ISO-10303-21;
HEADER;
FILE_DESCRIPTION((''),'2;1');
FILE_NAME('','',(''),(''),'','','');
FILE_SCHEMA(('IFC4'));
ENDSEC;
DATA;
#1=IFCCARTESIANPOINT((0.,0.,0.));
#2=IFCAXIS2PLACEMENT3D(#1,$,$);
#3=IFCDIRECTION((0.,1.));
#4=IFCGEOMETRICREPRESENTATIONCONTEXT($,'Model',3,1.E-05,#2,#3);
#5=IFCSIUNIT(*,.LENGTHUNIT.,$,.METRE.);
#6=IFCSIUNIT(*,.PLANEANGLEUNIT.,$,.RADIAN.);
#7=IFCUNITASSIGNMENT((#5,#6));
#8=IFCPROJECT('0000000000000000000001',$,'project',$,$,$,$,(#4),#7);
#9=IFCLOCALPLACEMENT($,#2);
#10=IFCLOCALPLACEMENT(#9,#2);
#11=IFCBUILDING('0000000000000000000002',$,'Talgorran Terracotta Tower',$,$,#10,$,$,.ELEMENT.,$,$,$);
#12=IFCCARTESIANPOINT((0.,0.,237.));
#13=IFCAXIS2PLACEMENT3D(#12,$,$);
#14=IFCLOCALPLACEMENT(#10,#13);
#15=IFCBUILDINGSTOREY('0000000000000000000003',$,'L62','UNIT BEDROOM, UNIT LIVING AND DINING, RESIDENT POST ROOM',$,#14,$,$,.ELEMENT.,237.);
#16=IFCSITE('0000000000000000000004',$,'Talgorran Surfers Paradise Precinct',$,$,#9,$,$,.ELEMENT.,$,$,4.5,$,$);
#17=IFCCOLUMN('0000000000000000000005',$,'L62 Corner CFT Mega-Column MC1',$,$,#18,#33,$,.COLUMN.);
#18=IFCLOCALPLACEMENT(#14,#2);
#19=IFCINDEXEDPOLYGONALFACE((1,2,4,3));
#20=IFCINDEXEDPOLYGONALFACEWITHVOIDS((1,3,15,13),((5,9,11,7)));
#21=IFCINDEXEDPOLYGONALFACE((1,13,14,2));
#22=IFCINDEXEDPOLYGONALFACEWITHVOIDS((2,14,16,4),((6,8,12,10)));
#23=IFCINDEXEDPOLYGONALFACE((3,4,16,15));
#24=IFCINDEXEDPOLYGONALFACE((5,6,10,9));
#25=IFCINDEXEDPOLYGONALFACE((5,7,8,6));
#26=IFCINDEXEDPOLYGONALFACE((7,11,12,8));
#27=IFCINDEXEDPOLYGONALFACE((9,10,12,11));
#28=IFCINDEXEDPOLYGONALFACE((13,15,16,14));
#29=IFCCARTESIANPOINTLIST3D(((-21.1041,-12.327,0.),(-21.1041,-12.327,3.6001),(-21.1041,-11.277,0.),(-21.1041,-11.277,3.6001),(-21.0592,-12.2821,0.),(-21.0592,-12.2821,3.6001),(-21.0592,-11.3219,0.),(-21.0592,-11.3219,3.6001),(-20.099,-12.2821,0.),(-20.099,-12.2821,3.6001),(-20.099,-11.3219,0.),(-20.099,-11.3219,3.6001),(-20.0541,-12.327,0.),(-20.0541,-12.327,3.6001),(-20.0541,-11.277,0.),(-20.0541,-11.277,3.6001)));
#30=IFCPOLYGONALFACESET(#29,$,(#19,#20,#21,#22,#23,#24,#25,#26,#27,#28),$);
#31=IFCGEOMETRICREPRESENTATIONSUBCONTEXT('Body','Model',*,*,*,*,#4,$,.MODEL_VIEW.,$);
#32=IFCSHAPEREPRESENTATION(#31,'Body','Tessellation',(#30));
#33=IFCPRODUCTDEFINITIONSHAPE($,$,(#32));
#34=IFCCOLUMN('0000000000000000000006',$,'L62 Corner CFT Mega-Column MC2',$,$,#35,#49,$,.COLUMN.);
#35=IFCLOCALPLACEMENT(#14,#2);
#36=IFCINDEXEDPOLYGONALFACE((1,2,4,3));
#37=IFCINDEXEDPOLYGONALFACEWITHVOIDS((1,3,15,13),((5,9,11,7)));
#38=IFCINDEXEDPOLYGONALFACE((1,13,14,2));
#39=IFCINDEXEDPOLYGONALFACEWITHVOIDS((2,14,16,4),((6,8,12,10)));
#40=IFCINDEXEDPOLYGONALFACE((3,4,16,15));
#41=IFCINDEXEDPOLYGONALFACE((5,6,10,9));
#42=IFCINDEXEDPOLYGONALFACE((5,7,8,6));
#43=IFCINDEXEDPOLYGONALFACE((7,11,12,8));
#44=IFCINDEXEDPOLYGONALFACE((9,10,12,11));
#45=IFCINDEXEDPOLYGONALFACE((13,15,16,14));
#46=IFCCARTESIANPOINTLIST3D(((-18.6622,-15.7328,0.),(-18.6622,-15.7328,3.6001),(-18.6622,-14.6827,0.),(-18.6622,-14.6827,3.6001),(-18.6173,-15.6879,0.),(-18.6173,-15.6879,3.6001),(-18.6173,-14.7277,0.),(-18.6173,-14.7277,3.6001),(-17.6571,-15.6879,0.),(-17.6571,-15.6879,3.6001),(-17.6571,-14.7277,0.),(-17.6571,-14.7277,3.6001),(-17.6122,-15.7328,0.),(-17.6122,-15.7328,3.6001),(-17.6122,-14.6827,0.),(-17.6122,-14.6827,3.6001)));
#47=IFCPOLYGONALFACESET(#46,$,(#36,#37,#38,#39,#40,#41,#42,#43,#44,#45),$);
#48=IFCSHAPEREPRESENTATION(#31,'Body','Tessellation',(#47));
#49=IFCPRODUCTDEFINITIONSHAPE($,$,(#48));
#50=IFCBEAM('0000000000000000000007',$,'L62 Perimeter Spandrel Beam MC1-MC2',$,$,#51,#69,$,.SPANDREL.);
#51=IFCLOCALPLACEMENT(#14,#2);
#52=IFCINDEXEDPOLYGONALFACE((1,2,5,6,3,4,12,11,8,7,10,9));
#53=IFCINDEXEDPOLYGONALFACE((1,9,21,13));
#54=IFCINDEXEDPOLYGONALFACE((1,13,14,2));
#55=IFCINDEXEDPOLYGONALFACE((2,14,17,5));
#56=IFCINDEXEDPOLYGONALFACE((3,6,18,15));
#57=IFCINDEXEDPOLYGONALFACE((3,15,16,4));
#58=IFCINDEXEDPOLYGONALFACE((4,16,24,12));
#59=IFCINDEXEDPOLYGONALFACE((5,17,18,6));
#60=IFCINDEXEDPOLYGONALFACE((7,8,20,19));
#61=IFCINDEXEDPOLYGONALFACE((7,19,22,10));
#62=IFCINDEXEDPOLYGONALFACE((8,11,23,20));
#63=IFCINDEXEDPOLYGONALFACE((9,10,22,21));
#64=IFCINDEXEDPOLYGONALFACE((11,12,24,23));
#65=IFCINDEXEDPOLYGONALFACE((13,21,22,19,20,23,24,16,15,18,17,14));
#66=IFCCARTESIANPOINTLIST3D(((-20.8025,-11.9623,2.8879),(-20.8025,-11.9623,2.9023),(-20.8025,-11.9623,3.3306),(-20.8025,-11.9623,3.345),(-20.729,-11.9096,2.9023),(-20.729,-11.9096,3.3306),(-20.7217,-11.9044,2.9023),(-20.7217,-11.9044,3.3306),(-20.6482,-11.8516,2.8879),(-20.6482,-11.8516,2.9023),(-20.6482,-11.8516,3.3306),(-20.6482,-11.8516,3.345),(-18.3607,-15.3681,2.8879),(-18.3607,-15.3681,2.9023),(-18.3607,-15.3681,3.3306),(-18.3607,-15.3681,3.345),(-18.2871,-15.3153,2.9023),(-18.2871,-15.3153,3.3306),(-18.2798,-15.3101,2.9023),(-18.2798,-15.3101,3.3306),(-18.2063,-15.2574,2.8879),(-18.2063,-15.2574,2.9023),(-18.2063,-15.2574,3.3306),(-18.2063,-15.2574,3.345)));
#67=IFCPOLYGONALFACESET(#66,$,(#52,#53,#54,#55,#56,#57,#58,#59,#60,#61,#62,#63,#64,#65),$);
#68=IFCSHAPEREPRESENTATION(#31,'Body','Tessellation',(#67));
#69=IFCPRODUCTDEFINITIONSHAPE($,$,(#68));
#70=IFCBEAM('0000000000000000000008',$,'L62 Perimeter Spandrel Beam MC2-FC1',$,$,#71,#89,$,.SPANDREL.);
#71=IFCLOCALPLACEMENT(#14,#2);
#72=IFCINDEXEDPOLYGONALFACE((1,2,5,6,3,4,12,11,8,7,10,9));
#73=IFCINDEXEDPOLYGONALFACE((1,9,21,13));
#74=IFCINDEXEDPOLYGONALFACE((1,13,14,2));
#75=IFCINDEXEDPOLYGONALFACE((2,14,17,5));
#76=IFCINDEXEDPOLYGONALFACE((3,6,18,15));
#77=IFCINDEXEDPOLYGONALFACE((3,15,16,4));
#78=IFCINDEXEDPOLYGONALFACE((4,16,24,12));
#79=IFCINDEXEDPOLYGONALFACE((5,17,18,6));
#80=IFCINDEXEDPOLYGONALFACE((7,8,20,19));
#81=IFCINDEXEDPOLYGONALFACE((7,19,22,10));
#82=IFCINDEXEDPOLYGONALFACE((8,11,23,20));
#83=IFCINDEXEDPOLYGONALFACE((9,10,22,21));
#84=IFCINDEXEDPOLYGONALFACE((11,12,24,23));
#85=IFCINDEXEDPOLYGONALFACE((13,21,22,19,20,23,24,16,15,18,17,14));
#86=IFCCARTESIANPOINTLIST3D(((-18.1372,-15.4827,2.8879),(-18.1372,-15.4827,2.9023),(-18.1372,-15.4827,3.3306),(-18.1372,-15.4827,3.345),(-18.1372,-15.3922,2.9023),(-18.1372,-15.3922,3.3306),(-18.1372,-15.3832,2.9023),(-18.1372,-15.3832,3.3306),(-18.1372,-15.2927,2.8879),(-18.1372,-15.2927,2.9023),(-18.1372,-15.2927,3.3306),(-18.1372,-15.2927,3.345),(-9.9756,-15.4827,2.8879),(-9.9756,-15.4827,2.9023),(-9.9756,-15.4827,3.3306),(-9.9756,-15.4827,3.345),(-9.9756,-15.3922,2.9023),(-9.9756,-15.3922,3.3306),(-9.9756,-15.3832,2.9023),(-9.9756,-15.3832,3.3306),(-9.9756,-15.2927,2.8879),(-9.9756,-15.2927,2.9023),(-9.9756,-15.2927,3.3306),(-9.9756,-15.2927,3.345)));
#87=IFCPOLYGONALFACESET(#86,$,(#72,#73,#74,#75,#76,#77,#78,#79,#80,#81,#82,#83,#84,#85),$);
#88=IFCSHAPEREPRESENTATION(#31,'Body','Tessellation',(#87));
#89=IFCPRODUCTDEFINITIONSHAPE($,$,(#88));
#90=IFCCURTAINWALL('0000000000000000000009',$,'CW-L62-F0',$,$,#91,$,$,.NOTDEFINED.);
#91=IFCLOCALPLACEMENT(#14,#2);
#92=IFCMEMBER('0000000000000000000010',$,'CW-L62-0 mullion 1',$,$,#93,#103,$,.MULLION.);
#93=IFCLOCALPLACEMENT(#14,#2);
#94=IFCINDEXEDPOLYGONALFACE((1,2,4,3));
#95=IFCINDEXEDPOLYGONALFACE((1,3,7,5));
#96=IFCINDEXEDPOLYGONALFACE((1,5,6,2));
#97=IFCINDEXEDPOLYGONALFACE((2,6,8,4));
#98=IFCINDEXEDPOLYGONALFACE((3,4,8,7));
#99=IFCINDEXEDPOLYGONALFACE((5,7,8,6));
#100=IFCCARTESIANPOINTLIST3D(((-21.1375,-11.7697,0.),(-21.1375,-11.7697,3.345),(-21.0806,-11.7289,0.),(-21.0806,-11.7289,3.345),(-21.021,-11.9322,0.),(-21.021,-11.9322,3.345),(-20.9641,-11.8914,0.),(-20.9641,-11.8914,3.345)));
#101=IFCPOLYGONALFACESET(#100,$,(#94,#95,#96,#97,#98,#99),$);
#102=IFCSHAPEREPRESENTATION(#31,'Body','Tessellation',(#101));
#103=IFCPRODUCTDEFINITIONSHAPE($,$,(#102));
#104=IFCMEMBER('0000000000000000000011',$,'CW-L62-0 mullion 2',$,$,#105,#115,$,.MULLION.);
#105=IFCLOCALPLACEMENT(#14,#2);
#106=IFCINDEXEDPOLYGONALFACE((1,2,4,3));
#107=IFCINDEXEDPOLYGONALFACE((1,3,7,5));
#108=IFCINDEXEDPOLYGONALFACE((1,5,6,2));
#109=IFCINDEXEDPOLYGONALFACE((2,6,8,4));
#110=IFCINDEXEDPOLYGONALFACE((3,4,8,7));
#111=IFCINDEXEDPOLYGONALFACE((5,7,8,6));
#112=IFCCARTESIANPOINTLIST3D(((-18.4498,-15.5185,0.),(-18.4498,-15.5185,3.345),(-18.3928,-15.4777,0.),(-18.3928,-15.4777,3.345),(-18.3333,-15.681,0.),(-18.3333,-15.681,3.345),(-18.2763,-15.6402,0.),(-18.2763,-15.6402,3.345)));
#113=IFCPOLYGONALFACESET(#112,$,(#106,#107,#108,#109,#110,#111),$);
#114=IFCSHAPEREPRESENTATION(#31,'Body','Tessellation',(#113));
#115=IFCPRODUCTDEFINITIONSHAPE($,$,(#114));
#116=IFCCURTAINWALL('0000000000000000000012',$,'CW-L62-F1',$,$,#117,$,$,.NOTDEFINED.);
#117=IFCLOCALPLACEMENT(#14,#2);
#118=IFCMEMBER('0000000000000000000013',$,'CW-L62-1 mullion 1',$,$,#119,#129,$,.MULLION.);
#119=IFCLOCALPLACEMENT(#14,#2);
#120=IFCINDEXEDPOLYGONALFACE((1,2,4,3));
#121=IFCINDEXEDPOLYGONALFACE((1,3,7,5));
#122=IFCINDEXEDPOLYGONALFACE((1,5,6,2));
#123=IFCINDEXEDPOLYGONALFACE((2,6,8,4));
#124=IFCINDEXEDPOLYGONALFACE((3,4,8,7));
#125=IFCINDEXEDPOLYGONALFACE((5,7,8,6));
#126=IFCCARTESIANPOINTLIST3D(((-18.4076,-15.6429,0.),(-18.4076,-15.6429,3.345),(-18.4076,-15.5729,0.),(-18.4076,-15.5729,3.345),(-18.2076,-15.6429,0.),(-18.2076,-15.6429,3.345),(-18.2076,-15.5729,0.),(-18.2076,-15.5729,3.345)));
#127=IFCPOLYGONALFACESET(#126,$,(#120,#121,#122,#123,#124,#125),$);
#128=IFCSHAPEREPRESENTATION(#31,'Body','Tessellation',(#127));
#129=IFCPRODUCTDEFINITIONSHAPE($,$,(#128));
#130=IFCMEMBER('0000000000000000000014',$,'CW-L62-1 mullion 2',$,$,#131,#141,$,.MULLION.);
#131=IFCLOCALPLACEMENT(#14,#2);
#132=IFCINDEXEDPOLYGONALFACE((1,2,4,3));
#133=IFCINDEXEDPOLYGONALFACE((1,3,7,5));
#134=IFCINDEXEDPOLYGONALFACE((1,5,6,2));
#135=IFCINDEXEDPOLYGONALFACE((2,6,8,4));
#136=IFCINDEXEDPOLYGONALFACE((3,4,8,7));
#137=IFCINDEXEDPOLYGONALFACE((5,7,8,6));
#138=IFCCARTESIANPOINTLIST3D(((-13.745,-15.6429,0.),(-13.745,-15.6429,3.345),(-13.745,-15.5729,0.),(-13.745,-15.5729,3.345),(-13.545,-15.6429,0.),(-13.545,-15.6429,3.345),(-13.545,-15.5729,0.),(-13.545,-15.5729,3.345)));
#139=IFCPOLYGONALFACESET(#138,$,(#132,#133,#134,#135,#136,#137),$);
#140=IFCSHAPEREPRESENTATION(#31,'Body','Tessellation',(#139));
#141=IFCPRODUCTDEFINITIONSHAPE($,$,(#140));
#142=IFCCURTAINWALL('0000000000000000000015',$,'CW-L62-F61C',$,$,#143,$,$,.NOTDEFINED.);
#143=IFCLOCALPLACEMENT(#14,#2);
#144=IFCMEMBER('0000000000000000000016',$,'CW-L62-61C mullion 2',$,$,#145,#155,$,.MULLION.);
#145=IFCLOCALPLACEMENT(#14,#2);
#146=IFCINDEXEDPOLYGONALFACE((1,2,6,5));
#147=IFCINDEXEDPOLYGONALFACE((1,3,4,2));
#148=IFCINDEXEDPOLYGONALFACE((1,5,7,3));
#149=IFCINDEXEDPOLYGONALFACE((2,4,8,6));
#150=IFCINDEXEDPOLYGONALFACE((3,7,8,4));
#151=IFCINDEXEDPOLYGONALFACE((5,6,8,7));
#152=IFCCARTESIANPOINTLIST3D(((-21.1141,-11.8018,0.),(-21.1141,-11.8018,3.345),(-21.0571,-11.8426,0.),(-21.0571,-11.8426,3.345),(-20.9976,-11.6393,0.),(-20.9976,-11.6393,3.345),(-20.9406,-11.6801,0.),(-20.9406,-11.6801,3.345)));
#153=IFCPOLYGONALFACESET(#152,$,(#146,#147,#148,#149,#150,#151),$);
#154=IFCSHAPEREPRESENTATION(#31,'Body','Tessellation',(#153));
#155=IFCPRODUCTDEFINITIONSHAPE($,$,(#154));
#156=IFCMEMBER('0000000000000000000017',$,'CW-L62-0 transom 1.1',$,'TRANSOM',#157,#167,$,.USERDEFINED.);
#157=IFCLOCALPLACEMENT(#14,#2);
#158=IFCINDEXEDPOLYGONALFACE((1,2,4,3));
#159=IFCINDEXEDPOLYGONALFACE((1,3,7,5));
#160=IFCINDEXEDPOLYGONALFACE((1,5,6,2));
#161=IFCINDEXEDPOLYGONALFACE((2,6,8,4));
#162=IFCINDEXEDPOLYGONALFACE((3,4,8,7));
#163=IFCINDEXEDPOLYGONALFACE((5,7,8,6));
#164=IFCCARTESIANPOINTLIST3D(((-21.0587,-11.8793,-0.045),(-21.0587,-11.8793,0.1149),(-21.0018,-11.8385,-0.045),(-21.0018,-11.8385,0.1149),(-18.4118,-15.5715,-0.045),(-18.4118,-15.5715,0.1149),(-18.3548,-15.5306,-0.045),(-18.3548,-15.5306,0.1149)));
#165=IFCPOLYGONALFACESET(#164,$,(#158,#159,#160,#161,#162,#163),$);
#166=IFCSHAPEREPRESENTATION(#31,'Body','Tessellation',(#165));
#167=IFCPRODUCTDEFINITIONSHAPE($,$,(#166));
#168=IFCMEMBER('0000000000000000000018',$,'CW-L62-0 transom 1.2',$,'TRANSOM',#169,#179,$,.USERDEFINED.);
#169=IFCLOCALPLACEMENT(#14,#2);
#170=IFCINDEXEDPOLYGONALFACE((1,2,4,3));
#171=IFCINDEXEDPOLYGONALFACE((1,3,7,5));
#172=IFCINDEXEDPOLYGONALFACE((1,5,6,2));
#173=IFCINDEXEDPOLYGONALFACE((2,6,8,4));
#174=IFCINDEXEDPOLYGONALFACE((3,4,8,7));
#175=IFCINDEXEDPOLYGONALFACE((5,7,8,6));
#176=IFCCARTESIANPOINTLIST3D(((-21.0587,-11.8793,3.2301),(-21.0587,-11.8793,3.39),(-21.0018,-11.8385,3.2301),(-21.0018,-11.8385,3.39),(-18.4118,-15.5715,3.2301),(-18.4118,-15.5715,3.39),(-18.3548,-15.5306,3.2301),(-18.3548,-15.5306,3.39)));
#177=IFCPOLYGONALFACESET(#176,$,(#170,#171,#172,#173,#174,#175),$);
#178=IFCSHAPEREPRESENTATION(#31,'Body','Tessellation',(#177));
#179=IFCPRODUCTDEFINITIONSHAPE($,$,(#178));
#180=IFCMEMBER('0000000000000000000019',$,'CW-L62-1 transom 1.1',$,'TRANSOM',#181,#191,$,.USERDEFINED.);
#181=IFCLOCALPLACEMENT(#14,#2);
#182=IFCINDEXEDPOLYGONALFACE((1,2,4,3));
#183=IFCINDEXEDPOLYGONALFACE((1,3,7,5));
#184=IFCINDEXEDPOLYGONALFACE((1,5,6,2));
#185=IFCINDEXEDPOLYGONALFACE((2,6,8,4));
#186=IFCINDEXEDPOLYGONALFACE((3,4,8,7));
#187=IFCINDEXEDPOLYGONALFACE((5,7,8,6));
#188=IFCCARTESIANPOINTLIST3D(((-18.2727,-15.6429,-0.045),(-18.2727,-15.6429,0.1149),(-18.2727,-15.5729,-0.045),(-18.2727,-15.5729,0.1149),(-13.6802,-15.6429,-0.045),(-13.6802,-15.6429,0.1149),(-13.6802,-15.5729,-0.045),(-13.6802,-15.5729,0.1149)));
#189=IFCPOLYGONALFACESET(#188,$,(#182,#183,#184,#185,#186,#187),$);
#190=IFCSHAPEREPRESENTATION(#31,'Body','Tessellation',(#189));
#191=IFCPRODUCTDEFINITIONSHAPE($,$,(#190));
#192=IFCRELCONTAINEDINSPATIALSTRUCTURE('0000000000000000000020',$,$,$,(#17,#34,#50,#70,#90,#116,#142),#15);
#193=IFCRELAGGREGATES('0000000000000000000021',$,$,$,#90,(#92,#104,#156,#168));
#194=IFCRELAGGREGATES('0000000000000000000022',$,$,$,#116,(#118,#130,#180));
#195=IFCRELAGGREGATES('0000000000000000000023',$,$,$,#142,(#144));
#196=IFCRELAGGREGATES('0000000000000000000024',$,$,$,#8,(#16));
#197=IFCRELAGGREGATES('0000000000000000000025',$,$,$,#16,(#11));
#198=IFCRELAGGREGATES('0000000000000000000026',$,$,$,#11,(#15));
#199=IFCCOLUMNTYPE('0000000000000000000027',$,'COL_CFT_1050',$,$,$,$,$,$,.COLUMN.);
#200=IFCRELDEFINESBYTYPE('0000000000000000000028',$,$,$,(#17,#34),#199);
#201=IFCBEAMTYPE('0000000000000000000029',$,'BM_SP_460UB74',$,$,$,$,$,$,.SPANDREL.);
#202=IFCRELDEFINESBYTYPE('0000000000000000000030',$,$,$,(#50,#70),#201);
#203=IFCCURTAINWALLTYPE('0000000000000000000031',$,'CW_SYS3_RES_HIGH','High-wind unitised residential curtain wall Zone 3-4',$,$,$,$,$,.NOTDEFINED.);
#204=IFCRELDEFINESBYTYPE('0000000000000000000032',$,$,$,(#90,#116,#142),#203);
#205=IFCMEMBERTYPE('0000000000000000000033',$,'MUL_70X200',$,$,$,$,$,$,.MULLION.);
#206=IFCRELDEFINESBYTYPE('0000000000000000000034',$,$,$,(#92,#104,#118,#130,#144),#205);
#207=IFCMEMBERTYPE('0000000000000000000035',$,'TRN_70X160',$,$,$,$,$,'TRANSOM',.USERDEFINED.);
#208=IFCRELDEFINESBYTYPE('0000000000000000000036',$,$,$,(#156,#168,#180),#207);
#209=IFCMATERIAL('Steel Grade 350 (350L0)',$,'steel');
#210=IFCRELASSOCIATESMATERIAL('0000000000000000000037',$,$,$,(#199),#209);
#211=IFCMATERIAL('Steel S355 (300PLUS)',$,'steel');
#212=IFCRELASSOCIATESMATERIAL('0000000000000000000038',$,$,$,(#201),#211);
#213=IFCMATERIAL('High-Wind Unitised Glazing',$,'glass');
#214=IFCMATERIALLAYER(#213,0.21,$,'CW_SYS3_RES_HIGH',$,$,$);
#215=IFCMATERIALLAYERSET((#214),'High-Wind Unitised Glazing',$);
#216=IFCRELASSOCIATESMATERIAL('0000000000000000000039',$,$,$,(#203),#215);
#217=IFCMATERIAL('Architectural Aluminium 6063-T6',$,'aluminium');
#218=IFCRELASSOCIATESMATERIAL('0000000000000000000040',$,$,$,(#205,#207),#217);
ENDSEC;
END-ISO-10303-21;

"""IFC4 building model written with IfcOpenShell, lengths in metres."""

from ifc_helpers import new_model, si_unit, direction, frame, origin, origin_2d, place, context, subcontext, project, spatial, rectangle, hollow_rectangle, i_section, extrude, material, layer, layer_set, material_profile, profile_set, type_object, element, aggregate, save


model = new_model("IFC4")

# Units and contexts
model_context = context("Model", 3, precision=1e-05, world=origin(), true_north=direction((0.0, 1.0)))
body_context = subcontext(model_context, "Body", "Model", "MODEL_VIEW")
ifc_project = project(units=[si_unit("LENGTHUNIT", "METRE"), si_unit("PLANEANGLEUNIT", "RADIAN")], contexts=[model_context])

# Site, building, storey
site_placement = place(None, origin())
site = spatial("IfcSite", under=ifc_project, at=site_placement, Name="Talgorran Surfers Paradise Precinct", CompositionType="ELEMENT", RefElevation=4.5)
building_placement = place(site_placement, origin())
building = spatial("IfcBuilding", under=site, at=building_placement, Name="Talgorran Terracotta Tower", CompositionType="ELEMENT")
storey_placement = place(building_placement, frame((0.0, 0.0, 237.0)))
storey = spatial("IfcBuildingStorey", under=building, at=storey_placement, Name="L62", Description="UNIT BEDROOM, UNIT LIVING AND DINING, RESIDENT POST ROOM", CompositionType="ELEMENT", Elevation=237.0)

# Columns
ifc_material_1 = material(Name="Steel Grade 350 (350L0)", Category="steel")
ifc_material_profile_1 = material_profile(ifc_material_1, hollow_rectangle(XDim=1.05, YDim=1.05, WallThickness=0.0449, at=origin_2d()), Name="CFT1050X1050X45")
ifc_profile_set_1 = profile_set([ifc_material_profile_1], Name="Steel Grade 350 (350L0)")
column_type = type_object("IfcColumnType", Name="COL_CFT_1050", PredefinedType="COLUMN", material=ifc_profile_set_1)
for number, where, z_axis, x_axis, name in (
    (1, (-20.5791, -11.802, 0.0), (0.0, 0.0, 1.0), (1.0, 0.0, 0.0), "L62 Corner CFT Mega-Column MC1"),
    (2, (-18.1372, -15.2078, 0.0), (0.0, 0.0, 1.0), (1.0, 0.0, 0.0), "L62 Corner CFT Mega-Column MC2"),
):
    element("IfcColumn", number, at=place(storey_placement, frame(where, z_axis=z_axis, x_axis=x_axis)), inside=storey, type_object=column_type, Name=name, PredefinedType="COLUMN", context=body_context, shape_type="SweptSolid", body=[
        extrude(hollow_rectangle(XDim=1.05, YDim=1.05, WallThickness=0.0449, at=origin_2d()), origin(), (0.0, 0.0, 1.0), 3.6001),
    ])

# Beams
ifc_material_2 = material(Name="Steel S355 (300PLUS)", Category="steel")
ifc_material_profile_2 = material_profile(ifc_material_2, i_section(OverallWidth=0.1899, OverallDepth=0.457, WebThickness=0.009, FlangeThickness=0.0144, at=origin_2d()), Name="460UB74.6")
ifc_profile_set_2 = profile_set([ifc_material_profile_2], Name="Steel S355 (300PLUS)")
beam_type = type_object("IfcBeamType", Name="BM_SP_460UB74", PredefinedType="SPANDREL", material=ifc_profile_set_2)
beam_1_placement = place(storey_placement, frame((-20.7253, -11.907, 3.1165), z_axis=(0.582692, -0.812693, 0.0), x_axis=(0.812693, 0.582692, 0.0)))
element("IfcBeam", 3, at=beam_1_placement, inside=storey, type_object=beam_type, Name="L62 Perimeter Spandrel Beam MC1-MC2", PredefinedType="SPANDREL", context=body_context, shape_type="SweptSolid", body=[
    extrude(i_section(OverallWidth=0.1899, OverallDepth=0.457, WebThickness=0.009, FlangeThickness=0.0144, at=origin_2d()), origin(), (0.0, 0.0, 1.0), 4.1907),
])
beam_2_placement = place(storey_placement, frame((-18.1372, -15.3877, 3.1165), z_axis=(1.0, 0.0, 0.0), x_axis=(0.0, 1.0, 0.0)))
element("IfcBeam", 4, at=beam_2_placement, inside=storey, type_object=beam_type, Name="L62 Perimeter Spandrel Beam MC2-FC1", PredefinedType="SPANDREL", context=body_context, shape_type="SweptSolid", body=[
    extrude(i_section(OverallWidth=0.1899, OverallDepth=0.457, WebThickness=0.009, FlangeThickness=0.0144, at=origin_2d()), origin(), (0.0, 0.0, 1.0), 8.1616),
])

# Curtain walls, members
ifc_material_3 = material(Name="High-Wind Unitised Glazing", Category="glass")
ifc_layer_1 = layer(ifc_material_3, 0.21, Name="CW_SYS3_RES_HIGH")
ifc_layer_set_1 = layer_set([ifc_layer_1], Name="High-Wind Unitised Glazing")
curtain_wall_type = type_object("IfcCurtainWallType", Name="CW_SYS3_RES_HIGH", Description="High-wind unitised residential curtain wall Zone 3-4", PredefinedType="NOTDEFINED", material=ifc_layer_set_1)
curtain_wall_1_placement = place(storey_placement, origin())
curtain_wall_1 = element("IfcCurtainWall", 5, at=curtain_wall_1_placement, inside=storey, type_object=curtain_wall_type, Name="CW-L62-F0", PredefinedType="NOTDEFINED")
ifc_material_4 = material(Name="Architectural Aluminium 6063-T6", Category="aluminium")
ifc_material_profile_3 = material_profile(ifc_material_4, rectangle(XDim=0.0701, YDim=0.2, at=origin_2d()), Name="CWM70X200")
ifc_profile_set_3 = profile_set([ifc_material_profile_3], Name="Architectural Aluminium 6063-T6")
member_type_1 = type_object("IfcMemberType", Name="MUL_70X200", PredefinedType="MULLION", material=ifc_profile_set_3)
member_1_placement = place(storey_placement, frame((-21.0508, -11.8306, 0.0), z_axis=(0.0, 0.0, 1.0), x_axis=(0.812715, 0.582661, 0.0)))
member_1 = element("IfcMember", 6, at=member_1_placement, type_object=member_type_1, Name="CW-L62-0 mullion 1", PredefinedType="MULLION", context=body_context, shape_type="SweptSolid", body=[
    extrude(rectangle(XDim=0.0701, YDim=0.2, at=origin_2d()), origin(), (0.0, 0.0, 1.0), 3.345),
])
member_2_placement = place(storey_placement, frame((-18.363, -15.5793, 0.0), z_axis=(0.0, 0.0, 1.0), x_axis=(0.812715, 0.582661, 0.0)))
member_2 = element("IfcMember", 7, at=member_2_placement, type_object=member_type_1, Name="CW-L62-0 mullion 2", PredefinedType="MULLION", context=body_context, shape_type="SweptSolid", body=[
    extrude(rectangle(XDim=0.0701, YDim=0.2, at=origin_2d()), origin(), (0.0, 0.0, 1.0), 3.345),
])
curtain_wall_2_placement = place(storey_placement, origin())
curtain_wall_2 = element("IfcCurtainWall", 8, at=curtain_wall_2_placement, inside=storey, type_object=curtain_wall_type, Name="CW-L62-F1", PredefinedType="NOTDEFINED")
member_3_placement = place(storey_placement, frame((-18.3076, -15.6079, 0.0), z_axis=(0.0, 0.0, 1.0), x_axis=(0.0, 1.0, 0.0)))
member_3 = element("IfcMember", 9, at=member_3_placement, type_object=member_type_1, Name="CW-L62-1 mullion 1", PredefinedType="MULLION", context=body_context, shape_type="SweptSolid", body=[
    extrude(rectangle(XDim=0.0701, YDim=0.2, at=origin_2d()), origin(), (0.0, 0.0, 1.0), 3.345),
])
member_4_placement = place(storey_placement, frame((-13.645, -15.6079, 0.0), z_axis=(0.0, 0.0, 1.0), x_axis=(0.0, 1.0, 0.0)))
member_4 = element("IfcMember", 10, at=member_4_placement, type_object=member_type_1, Name="CW-L62-1 mullion 2", PredefinedType="MULLION", context=body_context, shape_type="SweptSolid", body=[
    extrude(rectangle(XDim=0.0701, YDim=0.2, at=origin_2d()), origin(), (0.0, 0.0, 1.0), 3.345),
])

# Curtain wall, member
curtain_wall_3_placement = place(storey_placement, origin())
curtain_wall_3 = element("IfcCurtainWall", 11, at=curtain_wall_3_placement, inside=storey, type_object=curtain_wall_type, Name="CW-L62-F61C", PredefinedType="NOTDEFINED")
member_5_placement = place(storey_placement, frame((-21.0273, -11.741, 0.0), z_axis=(0.0, 0.0, 1.0), x_axis=(0.812706, -0.582674, 0.0)))
member_5 = element("IfcMember", 12, at=member_5_placement, type_object=member_type_1, Name="CW-L62-61C mullion 2", PredefinedType="MULLION", context=body_context, shape_type="SweptSolid", body=[
    extrude(rectangle(XDim=0.0701, YDim=0.2, at=origin_2d()), origin(), (0.0, 0.0, 1.0), 3.345),
])

# Members
ifc_material_profile_4 = material_profile(ifc_material_4, rectangle(XDim=0.0701, YDim=0.1599, at=origin_2d()), Name="CWT70X160")
ifc_profile_set_4 = profile_set([ifc_material_profile_4], Name="Architectural Aluminium 6063-T6")
member_type_2 = type_object("IfcMemberType", Name="TRN_70X160", ElementType="TRANSOM", PredefinedType="USERDEFINED", material=ifc_profile_set_4)
member_6_placement = place(storey_placement, frame((-21.0303, -11.8589, 0.0349), z_axis=(0.582656, -0.812719, 0.0), x_axis=(0.812719, 0.582656, 0.0)))
member_6 = element("IfcMember", 13, at=member_6_placement, type_object=member_type_2, Name="CW-L62-0 transom 1.1", ObjectType="TRANSOM", PredefinedType="USERDEFINED", context=body_context, shape_type="SweptSolid", body=[
    extrude(rectangle(XDim=0.0701, YDim=0.1599, at=origin_2d()), origin(), (0.0, 0.0, 1.0), 4.543),
])
member_7_placement = place(storey_placement, frame((-21.0303, -11.8589, 3.3101), z_axis=(0.582656, -0.812719, 0.0), x_axis=(0.812719, 0.582656, 0.0)))
member_7 = element("IfcMember", 14, at=member_7_placement, type_object=member_type_2, Name="CW-L62-0 transom 1.2", ObjectType="TRANSOM", PredefinedType="USERDEFINED", context=body_context, shape_type="SweptSolid", body=[
    extrude(rectangle(XDim=0.0701, YDim=0.1599, at=origin_2d()), origin(), (0.0, 0.0, 1.0), 4.543),
])
member_8_placement = place(storey_placement, frame((-18.2727, -15.6079, 0.0349), z_axis=(1.0, 0.0, 0.0), x_axis=(0.0, 1.0, 0.0)))
member_8 = element("IfcMember", 15, at=member_8_placement, type_object=member_type_2, Name="CW-L62-1 transom 1.1", ObjectType="TRANSOM", PredefinedType="USERDEFINED", context=body_context, shape_type="SweptSolid", body=[
    extrude(rectangle(XDim=0.0701, YDim=0.1599, at=origin_2d()), origin(), (0.0, 0.0, 1.0), 4.5925),
])

aggregate(curtain_wall_1, [member_1, member_2, member_6, member_7])
aggregate(curtain_wall_2, [member_3, member_4, member_8])
aggregate(curtain_wall_3, [member_5])

save(model, "model.ifc")
